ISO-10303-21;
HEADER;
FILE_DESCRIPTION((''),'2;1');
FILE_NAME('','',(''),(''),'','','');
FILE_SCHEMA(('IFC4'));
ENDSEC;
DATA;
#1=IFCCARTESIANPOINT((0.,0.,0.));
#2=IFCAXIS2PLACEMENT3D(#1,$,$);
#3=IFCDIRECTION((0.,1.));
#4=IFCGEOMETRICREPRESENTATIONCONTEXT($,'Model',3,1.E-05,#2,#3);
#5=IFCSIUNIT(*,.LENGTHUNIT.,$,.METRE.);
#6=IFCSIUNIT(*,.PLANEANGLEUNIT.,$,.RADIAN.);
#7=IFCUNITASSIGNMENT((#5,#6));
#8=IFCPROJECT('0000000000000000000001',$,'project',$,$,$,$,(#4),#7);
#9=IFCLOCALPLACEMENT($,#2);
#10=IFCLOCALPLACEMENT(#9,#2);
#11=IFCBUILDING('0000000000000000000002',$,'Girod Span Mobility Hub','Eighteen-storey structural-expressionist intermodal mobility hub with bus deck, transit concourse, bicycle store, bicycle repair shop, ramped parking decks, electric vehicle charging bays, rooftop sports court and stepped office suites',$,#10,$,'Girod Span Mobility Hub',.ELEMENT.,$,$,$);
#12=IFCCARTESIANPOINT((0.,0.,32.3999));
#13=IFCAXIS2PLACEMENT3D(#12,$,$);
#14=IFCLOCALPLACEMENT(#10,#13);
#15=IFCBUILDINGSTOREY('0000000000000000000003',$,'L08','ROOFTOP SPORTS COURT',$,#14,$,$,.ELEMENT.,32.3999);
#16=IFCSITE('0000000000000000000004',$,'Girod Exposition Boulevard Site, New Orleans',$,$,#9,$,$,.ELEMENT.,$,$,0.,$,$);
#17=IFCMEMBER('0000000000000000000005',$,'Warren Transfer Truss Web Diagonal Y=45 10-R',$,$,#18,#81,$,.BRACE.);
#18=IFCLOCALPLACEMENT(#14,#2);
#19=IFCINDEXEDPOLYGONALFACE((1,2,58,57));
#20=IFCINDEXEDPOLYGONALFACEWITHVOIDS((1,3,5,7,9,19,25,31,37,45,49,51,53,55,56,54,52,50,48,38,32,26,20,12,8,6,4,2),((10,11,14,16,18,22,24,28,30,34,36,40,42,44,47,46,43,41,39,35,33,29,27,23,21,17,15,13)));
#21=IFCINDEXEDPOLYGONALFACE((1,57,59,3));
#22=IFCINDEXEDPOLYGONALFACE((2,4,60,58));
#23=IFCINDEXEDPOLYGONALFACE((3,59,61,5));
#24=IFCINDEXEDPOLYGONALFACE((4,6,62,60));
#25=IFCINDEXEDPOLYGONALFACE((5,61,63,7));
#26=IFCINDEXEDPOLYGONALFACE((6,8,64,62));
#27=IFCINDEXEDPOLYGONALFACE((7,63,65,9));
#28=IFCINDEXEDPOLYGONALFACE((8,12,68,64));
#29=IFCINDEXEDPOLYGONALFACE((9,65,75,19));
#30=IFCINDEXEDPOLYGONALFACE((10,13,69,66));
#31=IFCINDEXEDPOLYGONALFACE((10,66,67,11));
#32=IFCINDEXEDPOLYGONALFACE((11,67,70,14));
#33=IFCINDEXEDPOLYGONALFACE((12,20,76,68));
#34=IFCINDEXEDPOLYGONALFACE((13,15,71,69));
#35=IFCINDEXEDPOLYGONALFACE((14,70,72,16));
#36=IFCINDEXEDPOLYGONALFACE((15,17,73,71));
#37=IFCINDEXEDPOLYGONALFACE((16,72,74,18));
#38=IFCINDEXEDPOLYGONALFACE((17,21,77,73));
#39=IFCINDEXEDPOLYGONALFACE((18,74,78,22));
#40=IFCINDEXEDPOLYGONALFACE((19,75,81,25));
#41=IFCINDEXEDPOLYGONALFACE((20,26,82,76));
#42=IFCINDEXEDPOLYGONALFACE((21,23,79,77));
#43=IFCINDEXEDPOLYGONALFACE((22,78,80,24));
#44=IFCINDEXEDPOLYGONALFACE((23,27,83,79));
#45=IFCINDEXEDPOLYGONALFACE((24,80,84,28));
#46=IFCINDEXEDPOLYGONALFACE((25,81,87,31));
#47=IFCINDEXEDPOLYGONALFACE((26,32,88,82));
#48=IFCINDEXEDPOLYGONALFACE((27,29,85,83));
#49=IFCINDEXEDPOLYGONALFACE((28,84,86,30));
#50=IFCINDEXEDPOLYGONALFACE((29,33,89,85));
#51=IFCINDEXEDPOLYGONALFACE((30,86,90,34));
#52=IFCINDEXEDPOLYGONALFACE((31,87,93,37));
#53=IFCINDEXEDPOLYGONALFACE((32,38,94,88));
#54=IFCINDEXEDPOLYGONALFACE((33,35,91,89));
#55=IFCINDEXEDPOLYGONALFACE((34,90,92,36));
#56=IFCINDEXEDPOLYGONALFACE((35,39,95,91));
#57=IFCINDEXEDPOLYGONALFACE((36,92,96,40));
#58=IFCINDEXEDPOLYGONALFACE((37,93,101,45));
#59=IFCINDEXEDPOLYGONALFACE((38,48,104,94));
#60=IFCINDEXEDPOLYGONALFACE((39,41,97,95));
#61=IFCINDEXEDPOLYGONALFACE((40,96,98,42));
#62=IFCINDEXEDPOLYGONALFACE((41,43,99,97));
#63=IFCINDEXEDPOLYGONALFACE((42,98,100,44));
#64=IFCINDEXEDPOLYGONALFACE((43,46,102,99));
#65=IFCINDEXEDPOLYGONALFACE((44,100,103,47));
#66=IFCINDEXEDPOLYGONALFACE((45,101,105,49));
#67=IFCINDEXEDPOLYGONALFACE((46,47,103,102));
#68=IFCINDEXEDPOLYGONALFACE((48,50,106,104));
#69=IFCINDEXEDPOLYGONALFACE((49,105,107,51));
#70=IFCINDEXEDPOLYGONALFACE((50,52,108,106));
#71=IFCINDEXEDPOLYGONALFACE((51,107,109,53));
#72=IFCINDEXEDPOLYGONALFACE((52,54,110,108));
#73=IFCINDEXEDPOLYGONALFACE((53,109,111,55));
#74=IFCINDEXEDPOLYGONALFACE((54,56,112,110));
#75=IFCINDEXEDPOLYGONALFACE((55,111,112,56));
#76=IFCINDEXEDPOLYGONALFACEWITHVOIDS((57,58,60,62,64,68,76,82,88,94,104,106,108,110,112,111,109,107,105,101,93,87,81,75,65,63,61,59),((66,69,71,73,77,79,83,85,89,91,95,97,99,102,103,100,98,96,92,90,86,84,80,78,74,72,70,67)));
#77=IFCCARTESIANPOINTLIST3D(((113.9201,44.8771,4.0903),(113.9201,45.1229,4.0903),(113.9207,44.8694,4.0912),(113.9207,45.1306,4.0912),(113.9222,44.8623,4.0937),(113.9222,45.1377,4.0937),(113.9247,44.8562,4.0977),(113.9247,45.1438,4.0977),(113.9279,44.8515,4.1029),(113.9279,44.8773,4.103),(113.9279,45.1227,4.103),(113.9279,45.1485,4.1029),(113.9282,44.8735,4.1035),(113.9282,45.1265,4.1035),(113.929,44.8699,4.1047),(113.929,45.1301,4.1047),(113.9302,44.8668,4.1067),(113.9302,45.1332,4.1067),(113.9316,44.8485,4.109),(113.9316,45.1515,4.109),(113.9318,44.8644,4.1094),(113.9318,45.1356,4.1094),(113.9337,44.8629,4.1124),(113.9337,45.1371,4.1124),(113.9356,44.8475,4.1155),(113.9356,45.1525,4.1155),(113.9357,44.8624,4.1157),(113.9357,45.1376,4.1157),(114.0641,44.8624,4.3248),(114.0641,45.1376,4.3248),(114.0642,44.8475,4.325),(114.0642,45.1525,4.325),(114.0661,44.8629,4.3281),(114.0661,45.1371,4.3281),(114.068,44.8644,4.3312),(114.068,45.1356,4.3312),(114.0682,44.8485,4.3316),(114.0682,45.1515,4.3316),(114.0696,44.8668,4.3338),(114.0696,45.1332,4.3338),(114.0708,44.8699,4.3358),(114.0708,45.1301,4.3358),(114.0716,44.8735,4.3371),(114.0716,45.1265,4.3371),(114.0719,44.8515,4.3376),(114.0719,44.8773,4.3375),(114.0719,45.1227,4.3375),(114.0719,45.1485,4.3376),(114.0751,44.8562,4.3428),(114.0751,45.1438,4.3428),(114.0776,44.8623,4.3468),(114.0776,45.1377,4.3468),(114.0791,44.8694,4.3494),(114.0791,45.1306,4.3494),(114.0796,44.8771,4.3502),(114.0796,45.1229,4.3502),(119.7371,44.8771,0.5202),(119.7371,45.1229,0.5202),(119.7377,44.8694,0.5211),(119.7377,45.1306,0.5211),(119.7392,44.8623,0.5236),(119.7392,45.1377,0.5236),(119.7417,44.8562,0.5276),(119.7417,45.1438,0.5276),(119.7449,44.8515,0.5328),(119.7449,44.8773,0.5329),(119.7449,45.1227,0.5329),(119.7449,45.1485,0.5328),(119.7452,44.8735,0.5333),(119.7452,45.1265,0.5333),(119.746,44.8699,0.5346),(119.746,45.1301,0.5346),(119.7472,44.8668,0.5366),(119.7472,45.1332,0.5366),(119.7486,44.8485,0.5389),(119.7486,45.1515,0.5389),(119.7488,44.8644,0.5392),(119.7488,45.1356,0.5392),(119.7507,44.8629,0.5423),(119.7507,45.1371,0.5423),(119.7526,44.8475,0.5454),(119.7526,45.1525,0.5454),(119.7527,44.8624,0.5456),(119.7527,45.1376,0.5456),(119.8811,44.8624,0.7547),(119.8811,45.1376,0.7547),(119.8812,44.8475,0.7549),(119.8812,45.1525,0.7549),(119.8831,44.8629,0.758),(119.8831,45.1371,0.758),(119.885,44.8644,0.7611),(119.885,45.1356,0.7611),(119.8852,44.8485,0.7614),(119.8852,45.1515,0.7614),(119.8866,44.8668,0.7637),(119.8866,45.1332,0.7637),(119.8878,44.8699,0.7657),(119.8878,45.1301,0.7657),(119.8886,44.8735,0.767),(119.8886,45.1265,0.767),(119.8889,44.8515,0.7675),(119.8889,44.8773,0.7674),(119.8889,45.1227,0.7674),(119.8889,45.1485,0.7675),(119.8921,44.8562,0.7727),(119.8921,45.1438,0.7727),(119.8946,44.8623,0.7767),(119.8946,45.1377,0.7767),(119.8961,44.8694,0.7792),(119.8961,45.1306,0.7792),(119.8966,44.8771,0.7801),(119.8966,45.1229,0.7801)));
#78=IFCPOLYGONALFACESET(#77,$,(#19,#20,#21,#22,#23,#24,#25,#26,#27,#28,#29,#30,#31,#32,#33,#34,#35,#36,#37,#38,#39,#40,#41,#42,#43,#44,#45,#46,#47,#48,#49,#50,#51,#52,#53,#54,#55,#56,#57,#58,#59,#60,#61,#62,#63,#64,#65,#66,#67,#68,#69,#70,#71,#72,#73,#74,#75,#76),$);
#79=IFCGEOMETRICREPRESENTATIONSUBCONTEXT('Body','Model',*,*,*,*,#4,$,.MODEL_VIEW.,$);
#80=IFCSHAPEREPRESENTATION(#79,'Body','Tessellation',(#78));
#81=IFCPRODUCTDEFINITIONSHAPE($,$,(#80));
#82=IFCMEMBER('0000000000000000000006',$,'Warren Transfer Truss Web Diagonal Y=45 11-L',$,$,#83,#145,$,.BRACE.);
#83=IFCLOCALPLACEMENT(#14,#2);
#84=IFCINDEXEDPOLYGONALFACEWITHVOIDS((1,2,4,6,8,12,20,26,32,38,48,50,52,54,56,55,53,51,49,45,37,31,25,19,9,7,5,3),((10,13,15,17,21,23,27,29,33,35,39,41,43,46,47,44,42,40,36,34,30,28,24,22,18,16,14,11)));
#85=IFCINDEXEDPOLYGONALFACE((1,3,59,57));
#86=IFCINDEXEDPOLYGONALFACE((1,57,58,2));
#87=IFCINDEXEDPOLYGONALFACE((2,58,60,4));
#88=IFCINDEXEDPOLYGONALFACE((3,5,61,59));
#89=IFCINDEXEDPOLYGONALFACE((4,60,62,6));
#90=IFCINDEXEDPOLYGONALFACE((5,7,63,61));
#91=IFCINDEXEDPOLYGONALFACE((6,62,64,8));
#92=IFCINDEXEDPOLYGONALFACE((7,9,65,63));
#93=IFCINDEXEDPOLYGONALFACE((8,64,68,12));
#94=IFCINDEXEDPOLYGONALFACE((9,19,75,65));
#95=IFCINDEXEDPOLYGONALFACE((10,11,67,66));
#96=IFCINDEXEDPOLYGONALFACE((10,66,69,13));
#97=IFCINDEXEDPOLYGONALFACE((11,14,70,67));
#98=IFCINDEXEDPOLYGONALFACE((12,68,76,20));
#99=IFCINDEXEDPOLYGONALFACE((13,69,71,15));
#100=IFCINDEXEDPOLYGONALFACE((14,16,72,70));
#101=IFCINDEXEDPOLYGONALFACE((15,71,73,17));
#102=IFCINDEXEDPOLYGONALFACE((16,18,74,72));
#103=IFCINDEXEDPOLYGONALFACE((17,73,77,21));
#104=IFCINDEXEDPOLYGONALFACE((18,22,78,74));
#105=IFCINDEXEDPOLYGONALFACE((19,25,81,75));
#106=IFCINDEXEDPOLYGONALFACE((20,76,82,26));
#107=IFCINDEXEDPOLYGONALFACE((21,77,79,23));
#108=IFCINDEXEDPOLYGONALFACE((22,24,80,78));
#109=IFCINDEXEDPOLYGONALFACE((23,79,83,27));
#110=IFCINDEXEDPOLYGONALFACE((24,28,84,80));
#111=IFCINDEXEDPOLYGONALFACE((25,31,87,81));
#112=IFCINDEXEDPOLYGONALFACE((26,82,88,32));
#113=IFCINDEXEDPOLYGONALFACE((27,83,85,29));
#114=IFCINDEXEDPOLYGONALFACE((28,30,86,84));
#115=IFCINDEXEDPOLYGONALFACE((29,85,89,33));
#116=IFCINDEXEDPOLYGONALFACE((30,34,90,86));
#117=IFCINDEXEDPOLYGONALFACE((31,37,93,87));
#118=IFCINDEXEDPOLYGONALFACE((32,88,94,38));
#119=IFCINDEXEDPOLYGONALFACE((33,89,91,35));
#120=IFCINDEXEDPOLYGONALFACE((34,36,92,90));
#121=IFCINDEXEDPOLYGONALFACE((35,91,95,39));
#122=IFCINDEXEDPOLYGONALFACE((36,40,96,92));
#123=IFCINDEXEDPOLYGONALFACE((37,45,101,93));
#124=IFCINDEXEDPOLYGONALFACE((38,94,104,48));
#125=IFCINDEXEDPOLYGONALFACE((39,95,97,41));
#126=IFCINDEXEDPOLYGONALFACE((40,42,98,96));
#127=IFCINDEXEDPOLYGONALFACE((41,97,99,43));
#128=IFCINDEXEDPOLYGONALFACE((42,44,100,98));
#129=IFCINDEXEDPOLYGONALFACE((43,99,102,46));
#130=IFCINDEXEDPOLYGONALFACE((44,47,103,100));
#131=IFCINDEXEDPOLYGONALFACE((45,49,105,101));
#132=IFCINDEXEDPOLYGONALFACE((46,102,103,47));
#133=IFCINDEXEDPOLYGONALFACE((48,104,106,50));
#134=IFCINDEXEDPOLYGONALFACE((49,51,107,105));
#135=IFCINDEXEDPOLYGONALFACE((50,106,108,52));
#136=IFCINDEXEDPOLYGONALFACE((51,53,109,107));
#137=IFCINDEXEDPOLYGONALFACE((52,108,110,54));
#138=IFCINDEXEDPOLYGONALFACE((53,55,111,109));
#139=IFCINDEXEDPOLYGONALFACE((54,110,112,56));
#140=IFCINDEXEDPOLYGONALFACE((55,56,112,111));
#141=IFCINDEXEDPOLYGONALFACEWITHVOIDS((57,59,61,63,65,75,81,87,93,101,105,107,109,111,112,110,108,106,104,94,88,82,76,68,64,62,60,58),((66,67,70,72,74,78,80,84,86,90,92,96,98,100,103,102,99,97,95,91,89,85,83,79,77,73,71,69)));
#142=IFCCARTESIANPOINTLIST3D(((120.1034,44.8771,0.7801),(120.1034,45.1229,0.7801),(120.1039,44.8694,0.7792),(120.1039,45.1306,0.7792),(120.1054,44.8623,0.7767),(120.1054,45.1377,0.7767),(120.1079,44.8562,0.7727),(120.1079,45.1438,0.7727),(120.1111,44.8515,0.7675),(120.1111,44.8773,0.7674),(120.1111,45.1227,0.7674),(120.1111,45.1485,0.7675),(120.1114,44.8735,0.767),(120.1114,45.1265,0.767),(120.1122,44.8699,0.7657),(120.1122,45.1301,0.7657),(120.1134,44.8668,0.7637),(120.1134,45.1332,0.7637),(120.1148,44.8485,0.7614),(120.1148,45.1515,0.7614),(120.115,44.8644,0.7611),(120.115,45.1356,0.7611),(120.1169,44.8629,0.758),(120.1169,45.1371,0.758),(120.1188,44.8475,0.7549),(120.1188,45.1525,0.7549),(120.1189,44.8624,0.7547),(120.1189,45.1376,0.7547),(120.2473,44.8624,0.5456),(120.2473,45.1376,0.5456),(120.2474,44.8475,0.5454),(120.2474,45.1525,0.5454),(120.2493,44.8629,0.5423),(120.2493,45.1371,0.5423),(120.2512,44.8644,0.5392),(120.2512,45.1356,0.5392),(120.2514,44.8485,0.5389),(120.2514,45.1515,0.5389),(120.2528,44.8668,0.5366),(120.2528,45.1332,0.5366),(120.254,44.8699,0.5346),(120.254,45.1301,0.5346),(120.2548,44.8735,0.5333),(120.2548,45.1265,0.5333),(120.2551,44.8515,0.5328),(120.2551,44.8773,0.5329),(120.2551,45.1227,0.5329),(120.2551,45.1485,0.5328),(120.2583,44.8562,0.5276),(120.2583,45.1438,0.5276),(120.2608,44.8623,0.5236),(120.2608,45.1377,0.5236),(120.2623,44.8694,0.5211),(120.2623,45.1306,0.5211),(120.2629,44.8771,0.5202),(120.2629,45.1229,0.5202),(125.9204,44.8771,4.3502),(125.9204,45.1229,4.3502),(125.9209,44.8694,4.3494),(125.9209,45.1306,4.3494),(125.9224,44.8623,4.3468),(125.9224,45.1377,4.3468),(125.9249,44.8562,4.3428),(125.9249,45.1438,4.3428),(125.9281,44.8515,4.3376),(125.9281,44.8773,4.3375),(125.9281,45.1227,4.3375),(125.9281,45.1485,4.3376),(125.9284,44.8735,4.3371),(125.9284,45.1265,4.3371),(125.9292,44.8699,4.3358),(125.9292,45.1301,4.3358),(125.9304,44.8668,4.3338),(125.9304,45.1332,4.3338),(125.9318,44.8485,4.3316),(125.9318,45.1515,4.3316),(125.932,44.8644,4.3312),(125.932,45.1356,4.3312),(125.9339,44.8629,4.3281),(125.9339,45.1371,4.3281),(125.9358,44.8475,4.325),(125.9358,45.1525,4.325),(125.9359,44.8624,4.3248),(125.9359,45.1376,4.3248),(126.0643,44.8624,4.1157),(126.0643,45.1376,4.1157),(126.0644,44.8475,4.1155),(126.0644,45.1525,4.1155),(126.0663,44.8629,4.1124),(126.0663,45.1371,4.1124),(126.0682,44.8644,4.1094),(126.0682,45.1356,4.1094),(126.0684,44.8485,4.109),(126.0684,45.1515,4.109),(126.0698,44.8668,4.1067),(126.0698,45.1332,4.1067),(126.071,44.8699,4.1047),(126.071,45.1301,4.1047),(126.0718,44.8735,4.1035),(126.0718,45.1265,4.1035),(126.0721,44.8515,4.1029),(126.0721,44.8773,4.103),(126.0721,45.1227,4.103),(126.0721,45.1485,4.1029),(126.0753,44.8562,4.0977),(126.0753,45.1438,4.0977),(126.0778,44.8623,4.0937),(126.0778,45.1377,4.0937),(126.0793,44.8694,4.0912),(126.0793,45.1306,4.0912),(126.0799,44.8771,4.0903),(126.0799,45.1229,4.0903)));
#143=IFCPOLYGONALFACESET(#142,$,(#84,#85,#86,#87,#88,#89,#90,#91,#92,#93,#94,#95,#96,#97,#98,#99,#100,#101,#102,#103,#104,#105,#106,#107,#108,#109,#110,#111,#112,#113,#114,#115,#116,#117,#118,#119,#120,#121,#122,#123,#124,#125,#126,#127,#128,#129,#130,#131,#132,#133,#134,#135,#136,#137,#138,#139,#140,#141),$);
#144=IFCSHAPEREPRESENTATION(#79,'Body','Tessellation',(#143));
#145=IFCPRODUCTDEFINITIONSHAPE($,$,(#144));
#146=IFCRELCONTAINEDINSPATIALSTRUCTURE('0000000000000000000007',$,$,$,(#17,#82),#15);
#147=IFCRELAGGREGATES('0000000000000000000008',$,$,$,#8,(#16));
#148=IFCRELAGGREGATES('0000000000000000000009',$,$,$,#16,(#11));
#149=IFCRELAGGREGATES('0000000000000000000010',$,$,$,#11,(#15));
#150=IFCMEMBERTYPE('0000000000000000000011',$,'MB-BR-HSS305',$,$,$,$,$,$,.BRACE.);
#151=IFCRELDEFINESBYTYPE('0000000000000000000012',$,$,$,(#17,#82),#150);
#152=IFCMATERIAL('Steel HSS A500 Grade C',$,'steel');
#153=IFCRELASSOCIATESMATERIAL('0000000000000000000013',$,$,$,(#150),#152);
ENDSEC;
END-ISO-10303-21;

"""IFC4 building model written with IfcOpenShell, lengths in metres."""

from ifc_helpers import new_model, si_unit, direction, frame, origin, origin_2d, place, context, subcontext, project, spatial, hollow_rectangle, extrude, material, material_profile, profile_set, type_object, element, save


model = new_model("IFC4")

# Units and contexts
model_context = context("Model", 3, precision=1e-05, world=origin(), true_north=direction((0.0, 1.0)))
body_context = subcontext(model_context, "Body", "Model", "MODEL_VIEW")
ifc_project = project(units=[si_unit("LENGTHUNIT", "METRE"), si_unit("PLANEANGLEUNIT", "RADIAN")], contexts=[model_context])

# Site, building, storey
site_placement = place(None, origin())
site = spatial("IfcSite", under=ifc_project, at=site_placement, Name="Girod Exposition Boulevard Site, New Orleans", CompositionType="ELEMENT", RefElevation=0.0)
building_placement = place(site_placement, origin())
building = spatial("IfcBuilding", under=site, at=building_placement, Name="Girod Span Mobility Hub", Description="Eighteen-storey structural-expressionist intermodal mobility hub with bus deck, transit concourse, bicycle store, bicycle repair shop, ramped parking decks, electric vehicle charging bays, rooftop sports court and stepped office suites", LongName="Girod Span Mobility Hub", CompositionType="ELEMENT")
storey_placement = place(building_placement, frame((0.0, 0.0, 32.3999)))
storey = spatial("IfcBuildingStorey", under=building, at=storey_placement, Name="L08", Description="ROOFTOP SPORTS COURT", CompositionType="ELEMENT", Elevation=32.3999)

# Members
ifc_material_1 = material(Name="Steel HSS A500 Grade C", Category="steel")
ifc_material_profile_1 = material_profile(ifc_material_1, hollow_rectangle(XDim=0.3049, YDim=0.3049, WallThickness=0.0149, InnerFilletRadius=0.0149, OuterFilletRadius=0.0295, at=origin_2d()), Name="HSS305X305X16")
ifc_profile_set_1 = profile_set([ifc_material_profile_1], Name="Steel HSS A500 Grade C")
member_type_1 = type_object("IfcMemberType", Name="MB-BR-HSS305", PredefinedType="BRACE", material=ifc_profile_set_1)
for number, where, z_axis, x_axis, name in (
    (1, (119.8169, 45.0, 0.6501), (-0.852283, 0.0, 0.523081), (0.0, -1.0, 0.0), "Warren Transfer Truss Web Diagonal Y=45 10-R"),
    (2, (120.1831, 45.0, 0.6501), (0.852283, 0.0, 0.523081), (0.0, 1.0, 0.0), "Warren Transfer Truss Web Diagonal Y=45 11-L"),
):
    element("IfcMember", number, at=place(storey_placement, frame(where, z_axis=z_axis, x_axis=x_axis)), inside=storey, type_object=member_type_1, Name=name, PredefinedType="BRACE", context=body_context, shape_type="SweptSolid", body=[
        extrude(hollow_rectangle(XDim=0.3049, YDim=0.3049, WallThickness=0.0149, InnerFilletRadius=0.0149, OuterFilletRadius=0.0295, at=origin_2d()), origin(), (0.0, 0.0, 1.0), 6.8252),
    ])

save(model, "model.ifc")
